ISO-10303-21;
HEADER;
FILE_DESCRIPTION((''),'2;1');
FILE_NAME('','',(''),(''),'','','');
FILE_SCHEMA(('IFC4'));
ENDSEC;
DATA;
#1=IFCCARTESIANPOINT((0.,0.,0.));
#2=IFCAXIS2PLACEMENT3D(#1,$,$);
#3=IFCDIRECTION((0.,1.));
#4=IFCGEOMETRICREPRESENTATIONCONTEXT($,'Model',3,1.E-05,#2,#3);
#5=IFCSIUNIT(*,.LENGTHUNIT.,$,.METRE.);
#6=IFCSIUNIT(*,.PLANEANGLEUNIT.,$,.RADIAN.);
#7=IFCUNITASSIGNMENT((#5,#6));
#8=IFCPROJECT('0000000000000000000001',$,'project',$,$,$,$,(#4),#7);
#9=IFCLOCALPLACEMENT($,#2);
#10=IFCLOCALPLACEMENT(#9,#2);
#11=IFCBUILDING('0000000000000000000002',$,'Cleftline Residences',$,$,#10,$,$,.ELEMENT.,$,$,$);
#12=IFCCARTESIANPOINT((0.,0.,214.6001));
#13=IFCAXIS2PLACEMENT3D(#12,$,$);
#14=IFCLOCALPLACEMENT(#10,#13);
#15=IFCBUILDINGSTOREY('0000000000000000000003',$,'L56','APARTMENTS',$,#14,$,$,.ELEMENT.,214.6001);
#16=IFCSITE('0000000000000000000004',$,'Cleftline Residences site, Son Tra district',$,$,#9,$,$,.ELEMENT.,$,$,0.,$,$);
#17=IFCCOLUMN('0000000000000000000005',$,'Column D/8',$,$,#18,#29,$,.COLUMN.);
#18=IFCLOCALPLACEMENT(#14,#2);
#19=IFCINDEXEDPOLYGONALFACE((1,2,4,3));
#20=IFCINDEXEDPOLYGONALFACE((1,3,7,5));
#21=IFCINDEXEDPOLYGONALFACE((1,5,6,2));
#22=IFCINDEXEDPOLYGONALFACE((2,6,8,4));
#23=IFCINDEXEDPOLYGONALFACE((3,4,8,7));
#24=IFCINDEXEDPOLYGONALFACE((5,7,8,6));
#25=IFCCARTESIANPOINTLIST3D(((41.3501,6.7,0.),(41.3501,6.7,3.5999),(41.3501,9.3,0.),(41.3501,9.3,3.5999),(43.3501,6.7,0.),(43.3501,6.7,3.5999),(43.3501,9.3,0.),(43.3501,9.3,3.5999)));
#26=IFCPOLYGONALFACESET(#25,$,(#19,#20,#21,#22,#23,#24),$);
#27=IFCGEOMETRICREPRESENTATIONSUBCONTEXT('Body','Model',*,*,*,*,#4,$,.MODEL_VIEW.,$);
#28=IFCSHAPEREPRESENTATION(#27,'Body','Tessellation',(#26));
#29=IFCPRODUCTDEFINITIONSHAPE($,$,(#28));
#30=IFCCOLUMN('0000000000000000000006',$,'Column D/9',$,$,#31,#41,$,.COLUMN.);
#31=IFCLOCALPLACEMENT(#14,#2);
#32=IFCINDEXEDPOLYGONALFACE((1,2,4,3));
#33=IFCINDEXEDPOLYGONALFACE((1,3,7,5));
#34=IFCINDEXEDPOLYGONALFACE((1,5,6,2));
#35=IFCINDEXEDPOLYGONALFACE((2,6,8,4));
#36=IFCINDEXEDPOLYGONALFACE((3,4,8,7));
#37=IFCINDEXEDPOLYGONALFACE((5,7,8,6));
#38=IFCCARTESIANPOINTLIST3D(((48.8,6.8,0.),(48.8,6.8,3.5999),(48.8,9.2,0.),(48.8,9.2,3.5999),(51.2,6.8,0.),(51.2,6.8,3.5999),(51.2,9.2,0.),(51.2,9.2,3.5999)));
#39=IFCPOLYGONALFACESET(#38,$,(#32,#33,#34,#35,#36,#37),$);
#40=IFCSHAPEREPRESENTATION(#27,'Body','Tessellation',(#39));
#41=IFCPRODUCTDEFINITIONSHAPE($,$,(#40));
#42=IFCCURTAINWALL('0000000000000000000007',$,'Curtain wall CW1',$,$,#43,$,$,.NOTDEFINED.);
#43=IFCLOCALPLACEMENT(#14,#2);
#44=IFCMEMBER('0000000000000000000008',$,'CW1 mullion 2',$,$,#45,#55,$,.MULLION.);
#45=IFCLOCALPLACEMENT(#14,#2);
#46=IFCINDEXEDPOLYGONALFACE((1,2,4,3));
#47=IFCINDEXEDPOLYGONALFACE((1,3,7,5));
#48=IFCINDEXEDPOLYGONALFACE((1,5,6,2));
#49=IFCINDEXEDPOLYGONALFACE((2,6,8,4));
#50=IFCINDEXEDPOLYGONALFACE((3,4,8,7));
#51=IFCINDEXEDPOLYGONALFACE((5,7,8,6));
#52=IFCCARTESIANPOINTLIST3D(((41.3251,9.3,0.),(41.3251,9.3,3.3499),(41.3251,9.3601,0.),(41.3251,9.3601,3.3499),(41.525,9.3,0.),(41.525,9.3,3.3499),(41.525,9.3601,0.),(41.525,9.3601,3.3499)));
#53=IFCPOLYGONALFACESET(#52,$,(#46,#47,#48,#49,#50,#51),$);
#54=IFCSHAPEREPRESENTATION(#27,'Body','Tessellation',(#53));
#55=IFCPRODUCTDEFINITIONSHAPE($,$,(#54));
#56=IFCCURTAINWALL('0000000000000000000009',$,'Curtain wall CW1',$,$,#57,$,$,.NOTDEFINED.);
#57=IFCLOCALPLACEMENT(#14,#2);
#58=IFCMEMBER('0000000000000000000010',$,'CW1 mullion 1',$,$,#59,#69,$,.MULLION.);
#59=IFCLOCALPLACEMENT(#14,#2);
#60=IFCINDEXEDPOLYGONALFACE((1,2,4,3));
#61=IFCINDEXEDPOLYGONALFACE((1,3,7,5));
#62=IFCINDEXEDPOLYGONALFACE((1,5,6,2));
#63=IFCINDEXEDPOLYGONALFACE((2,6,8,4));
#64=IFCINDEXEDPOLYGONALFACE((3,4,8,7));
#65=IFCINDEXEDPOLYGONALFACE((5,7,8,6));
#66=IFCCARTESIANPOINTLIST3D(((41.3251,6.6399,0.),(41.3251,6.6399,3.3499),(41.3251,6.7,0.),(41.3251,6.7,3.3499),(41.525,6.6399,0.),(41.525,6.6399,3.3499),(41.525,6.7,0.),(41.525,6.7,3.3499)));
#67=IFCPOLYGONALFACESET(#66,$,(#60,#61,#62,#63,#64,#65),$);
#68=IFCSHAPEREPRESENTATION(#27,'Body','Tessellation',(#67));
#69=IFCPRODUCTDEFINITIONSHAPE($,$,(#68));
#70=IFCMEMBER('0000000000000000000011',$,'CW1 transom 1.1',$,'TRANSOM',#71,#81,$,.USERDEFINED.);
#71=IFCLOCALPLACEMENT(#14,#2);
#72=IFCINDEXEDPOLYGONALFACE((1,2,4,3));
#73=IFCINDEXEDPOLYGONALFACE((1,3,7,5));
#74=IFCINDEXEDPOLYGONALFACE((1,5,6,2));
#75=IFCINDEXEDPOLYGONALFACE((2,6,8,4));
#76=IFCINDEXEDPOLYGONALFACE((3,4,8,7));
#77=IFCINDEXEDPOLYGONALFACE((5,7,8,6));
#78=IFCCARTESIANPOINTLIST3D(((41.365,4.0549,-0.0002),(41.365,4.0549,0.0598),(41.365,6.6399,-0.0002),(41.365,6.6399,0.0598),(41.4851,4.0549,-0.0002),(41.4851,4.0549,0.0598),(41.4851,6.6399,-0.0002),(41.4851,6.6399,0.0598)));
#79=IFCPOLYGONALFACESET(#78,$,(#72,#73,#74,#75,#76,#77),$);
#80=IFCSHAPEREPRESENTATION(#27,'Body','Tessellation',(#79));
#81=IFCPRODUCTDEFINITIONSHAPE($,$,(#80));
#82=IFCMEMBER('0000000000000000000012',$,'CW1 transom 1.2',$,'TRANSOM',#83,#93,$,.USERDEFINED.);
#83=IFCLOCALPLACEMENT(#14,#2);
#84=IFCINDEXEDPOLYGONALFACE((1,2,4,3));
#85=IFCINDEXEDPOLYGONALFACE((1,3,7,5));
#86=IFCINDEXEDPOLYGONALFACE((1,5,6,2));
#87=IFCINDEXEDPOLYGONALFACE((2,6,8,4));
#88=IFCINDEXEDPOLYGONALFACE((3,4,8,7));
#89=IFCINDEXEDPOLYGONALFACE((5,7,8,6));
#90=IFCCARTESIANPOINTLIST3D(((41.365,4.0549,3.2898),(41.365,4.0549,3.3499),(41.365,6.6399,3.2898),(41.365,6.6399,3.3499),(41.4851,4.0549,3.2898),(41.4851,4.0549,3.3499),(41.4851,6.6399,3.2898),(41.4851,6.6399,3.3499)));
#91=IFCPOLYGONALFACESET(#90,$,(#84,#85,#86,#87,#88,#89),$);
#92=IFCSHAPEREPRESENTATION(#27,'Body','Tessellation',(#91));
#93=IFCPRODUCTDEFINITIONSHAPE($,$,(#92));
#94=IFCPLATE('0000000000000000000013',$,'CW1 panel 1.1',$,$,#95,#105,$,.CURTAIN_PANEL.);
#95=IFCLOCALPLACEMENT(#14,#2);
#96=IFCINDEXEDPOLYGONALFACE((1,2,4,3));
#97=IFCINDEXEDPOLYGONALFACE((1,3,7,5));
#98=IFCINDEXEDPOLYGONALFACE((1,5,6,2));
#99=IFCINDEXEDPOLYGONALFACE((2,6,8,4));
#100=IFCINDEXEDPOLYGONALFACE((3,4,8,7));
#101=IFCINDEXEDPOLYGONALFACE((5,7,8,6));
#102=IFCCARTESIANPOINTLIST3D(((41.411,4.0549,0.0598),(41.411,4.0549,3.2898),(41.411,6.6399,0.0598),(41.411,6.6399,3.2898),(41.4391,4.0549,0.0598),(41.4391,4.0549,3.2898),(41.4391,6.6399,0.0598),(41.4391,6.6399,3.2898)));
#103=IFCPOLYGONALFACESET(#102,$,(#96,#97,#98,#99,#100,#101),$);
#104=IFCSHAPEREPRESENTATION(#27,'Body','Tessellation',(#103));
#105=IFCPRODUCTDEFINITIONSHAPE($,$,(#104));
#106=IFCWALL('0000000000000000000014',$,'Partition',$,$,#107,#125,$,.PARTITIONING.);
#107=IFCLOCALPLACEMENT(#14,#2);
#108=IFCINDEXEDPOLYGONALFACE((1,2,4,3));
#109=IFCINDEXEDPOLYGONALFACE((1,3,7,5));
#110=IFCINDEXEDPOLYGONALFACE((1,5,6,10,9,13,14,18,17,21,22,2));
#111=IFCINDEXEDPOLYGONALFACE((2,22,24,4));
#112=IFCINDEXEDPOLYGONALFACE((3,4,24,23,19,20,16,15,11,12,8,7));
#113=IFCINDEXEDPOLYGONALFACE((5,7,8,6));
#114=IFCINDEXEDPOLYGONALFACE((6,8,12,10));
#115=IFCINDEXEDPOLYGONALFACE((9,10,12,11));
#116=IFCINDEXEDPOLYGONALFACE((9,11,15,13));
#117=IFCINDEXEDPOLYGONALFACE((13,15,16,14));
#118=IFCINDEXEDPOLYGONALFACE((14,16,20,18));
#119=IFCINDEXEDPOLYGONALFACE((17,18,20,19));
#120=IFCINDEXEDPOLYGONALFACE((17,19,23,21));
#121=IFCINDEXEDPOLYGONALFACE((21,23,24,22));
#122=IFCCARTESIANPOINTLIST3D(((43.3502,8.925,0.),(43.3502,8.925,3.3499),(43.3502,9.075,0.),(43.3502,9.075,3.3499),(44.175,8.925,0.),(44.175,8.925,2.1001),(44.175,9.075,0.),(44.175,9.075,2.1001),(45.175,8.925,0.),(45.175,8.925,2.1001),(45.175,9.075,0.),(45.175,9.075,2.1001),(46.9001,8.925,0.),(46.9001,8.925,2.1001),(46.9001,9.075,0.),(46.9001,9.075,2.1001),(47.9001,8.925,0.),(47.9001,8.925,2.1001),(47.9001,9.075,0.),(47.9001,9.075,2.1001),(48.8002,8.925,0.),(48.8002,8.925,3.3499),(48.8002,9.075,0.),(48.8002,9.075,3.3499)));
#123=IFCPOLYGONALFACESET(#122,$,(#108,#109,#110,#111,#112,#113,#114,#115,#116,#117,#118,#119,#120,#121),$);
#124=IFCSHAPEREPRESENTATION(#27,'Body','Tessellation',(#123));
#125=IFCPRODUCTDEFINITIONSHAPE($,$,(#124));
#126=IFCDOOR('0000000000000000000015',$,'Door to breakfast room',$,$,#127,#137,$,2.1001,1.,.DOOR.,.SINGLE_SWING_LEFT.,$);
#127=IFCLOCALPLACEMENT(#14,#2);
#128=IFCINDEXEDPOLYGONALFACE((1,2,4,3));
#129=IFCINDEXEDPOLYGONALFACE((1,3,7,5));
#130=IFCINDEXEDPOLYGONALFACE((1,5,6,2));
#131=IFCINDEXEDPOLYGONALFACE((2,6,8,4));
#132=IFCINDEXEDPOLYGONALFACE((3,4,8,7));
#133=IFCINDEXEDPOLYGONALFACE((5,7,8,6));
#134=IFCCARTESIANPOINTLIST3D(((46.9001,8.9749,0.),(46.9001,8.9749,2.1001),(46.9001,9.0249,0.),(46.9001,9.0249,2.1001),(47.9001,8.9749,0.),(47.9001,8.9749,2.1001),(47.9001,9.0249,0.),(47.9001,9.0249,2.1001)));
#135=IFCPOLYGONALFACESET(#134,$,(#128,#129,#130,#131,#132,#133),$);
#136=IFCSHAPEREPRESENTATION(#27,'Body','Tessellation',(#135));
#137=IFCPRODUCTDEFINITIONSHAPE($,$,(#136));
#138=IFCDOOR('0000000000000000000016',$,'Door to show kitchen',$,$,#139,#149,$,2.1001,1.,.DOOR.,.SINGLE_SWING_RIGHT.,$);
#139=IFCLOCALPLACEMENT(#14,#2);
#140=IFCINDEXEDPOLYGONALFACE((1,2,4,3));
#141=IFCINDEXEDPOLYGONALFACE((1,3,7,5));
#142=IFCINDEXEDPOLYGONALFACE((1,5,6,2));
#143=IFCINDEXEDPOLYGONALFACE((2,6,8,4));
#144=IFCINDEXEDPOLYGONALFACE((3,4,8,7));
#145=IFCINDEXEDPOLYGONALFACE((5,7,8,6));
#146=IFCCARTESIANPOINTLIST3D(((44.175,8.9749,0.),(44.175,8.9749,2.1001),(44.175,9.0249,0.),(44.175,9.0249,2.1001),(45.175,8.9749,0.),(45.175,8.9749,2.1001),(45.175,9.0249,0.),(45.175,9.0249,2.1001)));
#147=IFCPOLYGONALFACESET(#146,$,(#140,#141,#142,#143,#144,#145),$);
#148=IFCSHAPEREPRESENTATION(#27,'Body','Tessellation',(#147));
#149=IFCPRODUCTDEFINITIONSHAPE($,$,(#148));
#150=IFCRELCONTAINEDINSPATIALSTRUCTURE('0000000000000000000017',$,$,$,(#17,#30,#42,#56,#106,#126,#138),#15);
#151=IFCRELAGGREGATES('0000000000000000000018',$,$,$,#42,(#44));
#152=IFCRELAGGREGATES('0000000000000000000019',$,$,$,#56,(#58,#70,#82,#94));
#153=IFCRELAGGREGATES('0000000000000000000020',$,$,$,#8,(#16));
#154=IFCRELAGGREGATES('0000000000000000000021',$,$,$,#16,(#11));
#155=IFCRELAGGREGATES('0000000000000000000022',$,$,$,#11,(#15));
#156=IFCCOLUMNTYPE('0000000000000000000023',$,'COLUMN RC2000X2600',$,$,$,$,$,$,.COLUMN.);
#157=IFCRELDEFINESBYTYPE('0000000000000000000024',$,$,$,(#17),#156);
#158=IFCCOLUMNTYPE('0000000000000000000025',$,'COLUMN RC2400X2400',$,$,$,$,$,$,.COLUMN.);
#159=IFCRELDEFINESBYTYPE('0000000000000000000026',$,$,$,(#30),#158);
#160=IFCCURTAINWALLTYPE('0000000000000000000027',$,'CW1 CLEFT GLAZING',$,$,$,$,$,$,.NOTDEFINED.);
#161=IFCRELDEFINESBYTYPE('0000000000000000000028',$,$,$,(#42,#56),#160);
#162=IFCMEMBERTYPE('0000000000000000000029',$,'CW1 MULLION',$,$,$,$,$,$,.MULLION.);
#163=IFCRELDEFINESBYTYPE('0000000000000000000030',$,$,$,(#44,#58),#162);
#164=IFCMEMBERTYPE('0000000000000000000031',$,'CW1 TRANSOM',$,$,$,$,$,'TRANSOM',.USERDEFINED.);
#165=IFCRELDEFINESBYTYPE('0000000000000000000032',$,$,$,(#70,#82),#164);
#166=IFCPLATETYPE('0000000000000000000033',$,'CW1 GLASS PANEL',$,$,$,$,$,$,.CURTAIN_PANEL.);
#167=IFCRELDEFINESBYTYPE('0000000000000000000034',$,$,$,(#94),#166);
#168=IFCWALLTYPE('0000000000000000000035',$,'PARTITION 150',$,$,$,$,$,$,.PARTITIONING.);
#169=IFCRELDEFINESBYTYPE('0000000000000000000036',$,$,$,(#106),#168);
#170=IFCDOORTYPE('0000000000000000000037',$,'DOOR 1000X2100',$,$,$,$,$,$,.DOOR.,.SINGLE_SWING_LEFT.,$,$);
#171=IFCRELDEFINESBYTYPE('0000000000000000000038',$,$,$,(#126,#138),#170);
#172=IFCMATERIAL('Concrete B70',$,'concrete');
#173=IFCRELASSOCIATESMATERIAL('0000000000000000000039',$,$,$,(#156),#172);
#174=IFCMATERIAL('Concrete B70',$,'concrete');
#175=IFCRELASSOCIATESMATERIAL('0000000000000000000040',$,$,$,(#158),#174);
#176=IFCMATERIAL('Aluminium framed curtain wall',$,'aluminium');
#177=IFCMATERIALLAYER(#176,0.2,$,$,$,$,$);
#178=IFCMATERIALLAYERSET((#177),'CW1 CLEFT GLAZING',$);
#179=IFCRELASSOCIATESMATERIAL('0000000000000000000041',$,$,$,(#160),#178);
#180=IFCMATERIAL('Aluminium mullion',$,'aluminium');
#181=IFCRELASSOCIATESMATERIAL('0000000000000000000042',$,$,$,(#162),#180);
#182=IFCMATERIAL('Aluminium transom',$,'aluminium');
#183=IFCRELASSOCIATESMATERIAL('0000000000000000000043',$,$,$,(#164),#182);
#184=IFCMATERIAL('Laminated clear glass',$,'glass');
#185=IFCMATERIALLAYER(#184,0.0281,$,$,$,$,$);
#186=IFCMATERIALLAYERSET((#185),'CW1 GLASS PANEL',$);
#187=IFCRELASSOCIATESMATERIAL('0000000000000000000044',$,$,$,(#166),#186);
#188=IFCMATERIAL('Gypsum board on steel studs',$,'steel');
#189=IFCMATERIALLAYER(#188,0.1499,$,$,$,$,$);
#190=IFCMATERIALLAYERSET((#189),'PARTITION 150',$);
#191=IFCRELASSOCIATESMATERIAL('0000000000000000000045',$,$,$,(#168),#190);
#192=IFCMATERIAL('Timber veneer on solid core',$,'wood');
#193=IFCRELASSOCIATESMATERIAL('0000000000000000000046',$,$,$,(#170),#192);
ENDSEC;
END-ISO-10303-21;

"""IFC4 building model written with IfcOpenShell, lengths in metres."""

from ifc_helpers import new_model, si_unit, direction, frame, frame_2d, origin, origin_2d, place, context, subcontext, project, spatial, rectangle, extrude, material, layer, layer_set, material_profile, profile_set, type_object, element, fill, aggregate, save


model = new_model("IFC4")

# Units and contexts
model_context = context("Model", 3, precision=1e-05, world=origin(), true_north=direction((0.0, 1.0)))
body_context = subcontext(model_context, "Body", "Model", "MODEL_VIEW")
ifc_project = project(units=[si_unit("LENGTHUNIT", "METRE"), si_unit("PLANEANGLEUNIT", "RADIAN")], contexts=[model_context])

# Site, building, storey
site_placement = place(None, origin())
site = spatial("IfcSite", under=ifc_project, at=site_placement, Name="Cleftline Residences site, Son Tra district", CompositionType="ELEMENT", RefElevation=0.0)
building_placement = place(site_placement, origin())
building = spatial("IfcBuilding", under=site, at=building_placement, Name="Cleftline Residences", CompositionType="ELEMENT")
storey_placement = place(building_placement, frame((0.0, 0.0, 214.6001)))
storey = spatial("IfcBuildingStorey", under=building, at=storey_placement, Name="L56", Description="APARTMENTS", CompositionType="ELEMENT", Elevation=214.6001)

# Columns
ifc_material_1 = material(Name="Concrete B70", Category="concrete")
ifc_material_profile_1 = material_profile(ifc_material_1, rectangle(XDim=2.0, YDim=2.6001, at=origin_2d()))
ifc_profile_set_1 = profile_set([ifc_material_profile_1], Name="Concrete B70")
column_type_1 = type_object("IfcColumnType", Name="COLUMN RC2000X2600", PredefinedType="COLUMN", material=ifc_profile_set_1)
column_1_placement = place(storey_placement, frame((42.3501, 8.0, 0.0), z_axis=(0.0, 0.0, 1.0), x_axis=(1.0, 0.0, 0.0)))
element("IfcColumn", 1, at=column_1_placement, inside=storey, type_object=column_type_1, Name="Column D/8", PredefinedType="COLUMN", context=body_context, shape_type="SweptSolid", body=[
    extrude(rectangle(XDim=2.0, YDim=2.6001, at=origin_2d()), origin(), (0.0, 0.0, 1.0), 3.5999),
])
ifc_material_2 = material(Name="Concrete B70", Category="concrete")
ifc_material_profile_2 = material_profile(ifc_material_2, rectangle(XDim=2.3999, YDim=2.3999, at=origin_2d()))
ifc_profile_set_2 = profile_set([ifc_material_profile_2], Name="Concrete B70")
column_type_2 = type_object("IfcColumnType", Name="COLUMN RC2400X2400", PredefinedType="COLUMN", material=ifc_profile_set_2)
column_2_placement = place(storey_placement, frame((50.0, 8.0, 0.0), z_axis=(0.0, 0.0, 1.0), x_axis=(1.0, 0.0, 0.0)))
element("IfcColumn", 2, at=column_2_placement, inside=storey, type_object=column_type_2, Name="Column D/9", PredefinedType="COLUMN", context=body_context, shape_type="SweptSolid", body=[
    extrude(rectangle(XDim=2.3999, YDim=2.3999, at=origin_2d()), origin(), (0.0, 0.0, 1.0), 3.5999),
])

# Curtain wall, member
ifc_material_3 = material(Name="Aluminium framed curtain wall", Category="aluminium")
ifc_layer_1 = layer(ifc_material_3, 0.2)
ifc_layer_set_1 = layer_set([ifc_layer_1], Name="CW1 CLEFT GLAZING")
curtain_wall_type = type_object("IfcCurtainWallType", Name="CW1 CLEFT GLAZING", PredefinedType="NOTDEFINED", material=ifc_layer_set_1)
curtain_wall_1_placement = place(storey_placement, origin())
curtain_wall_1 = element("IfcCurtainWall", 3, at=curtain_wall_1_placement, inside=storey, type_object=curtain_wall_type, Name="Curtain wall CW1", PredefinedType="NOTDEFINED")
ifc_material_4 = material(Name="Aluminium mullion", Category="aluminium")
ifc_material_profile_3 = material_profile(ifc_material_4, rectangle(XDim=0.2, YDim=0.0601, at=origin_2d()))
ifc_profile_set_3 = profile_set([ifc_material_profile_3], Name="Aluminium mullion")
member_type_1 = type_object("IfcMemberType", Name="CW1 MULLION", PredefinedType="MULLION", material=ifc_profile_set_3)
member_1_placement = place(storey_placement, frame((41.425, 9.3301, 0.0), z_axis=(0.0, 0.0, 1.0), x_axis=(1.0, 0.0, 0.0)))
member_1 = element("IfcMember", 4, at=member_1_placement, type_object=member_type_1, Name="CW1 mullion 2", PredefinedType="MULLION", context=body_context, shape_type="SweptSolid", body=[
    extrude(rectangle(XDim=0.2, YDim=0.0601, at=origin_2d()), origin(), (0.0, 0.0, 1.0), 3.3499),
])
aggregate(curtain_wall_1, [member_1])

# Curtain wall, members, plate
curtain_wall_2_placement = place(storey_placement, origin())
curtain_wall_2 = element("IfcCurtainWall", 5, at=curtain_wall_2_placement, inside=storey, type_object=curtain_wall_type, Name="Curtain wall CW1", PredefinedType="NOTDEFINED")
member_2_placement = place(storey_placement, frame((41.425, 6.6699, 0.0), z_axis=(0.0, 0.0, 1.0), x_axis=(1.0, 0.0, 0.0)))
member_2 = element("IfcMember", 6, at=member_2_placement, type_object=member_type_1, Name="CW1 mullion 1", PredefinedType="MULLION", context=body_context, shape_type="SweptSolid", body=[
    extrude(rectangle(XDim=0.2, YDim=0.0601, at=origin_2d()), origin(), (0.0, 0.0, 1.0), 3.3499),
])
ifc_material_5 = material(Name="Aluminium transom", Category="aluminium")
ifc_material_profile_4 = material_profile(ifc_material_5, rectangle(XDim=0.1201, YDim=0.0601, at=origin_2d()))
ifc_profile_set_4 = profile_set([ifc_material_profile_4], Name="Aluminium transom")
member_type_2 = type_object("IfcMemberType", Name="CW1 TRANSOM", ElementType="TRANSOM", PredefinedType="USERDEFINED", material=ifc_profile_set_4)
member_3_placement = place(storey_placement, frame((41.425, 6.6399, 0.0298), z_axis=(0.0, -1.0, 0.0), x_axis=(1.0, 0.0, 0.0)))
member_3 = element("IfcMember", 7, at=member_3_placement, type_object=member_type_2, Name="CW1 transom 1.1", ObjectType="TRANSOM", PredefinedType="USERDEFINED", context=body_context, shape_type="SweptSolid", body=[
    extrude(rectangle(XDim=0.1201, YDim=0.0601, at=origin_2d()), origin(), (0.0, 0.0, 1.0), 2.585),
])
member_4_placement = place(storey_placement, frame((41.425, 6.6399, 3.3198), z_axis=(0.0, -1.0, 0.0), x_axis=(1.0, 0.0, 0.0)))
member_4 = element("IfcMember", 8, at=member_4_placement, type_object=member_type_2, Name="CW1 transom 1.2", ObjectType="TRANSOM", PredefinedType="USERDEFINED", context=body_context, shape_type="SweptSolid", body=[
    extrude(rectangle(XDim=0.1201, YDim=0.0601, at=origin_2d()), origin(), (0.0, 0.0, 1.0), 2.585),
])
ifc_material_6 = material(Name="Laminated clear glass", Category="glass")
ifc_layer_2 = layer(ifc_material_6, 0.0281)
ifc_layer_set_2 = layer_set([ifc_layer_2], Name="CW1 GLASS PANEL")
plate_type = type_object("IfcPlateType", Name="CW1 GLASS PANEL", PredefinedType="CURTAIN_PANEL", material=ifc_layer_set_2)
plate_placement = place(storey_placement, frame((41.425, 5.3474, 0.0598), z_axis=(0.0, 0.0, 1.0), x_axis=(0.0, -1.0, 0.0)))
plate = element("IfcPlate", 9, at=plate_placement, type_object=plate_type, Name="CW1 panel 1.1", PredefinedType="CURTAIN_PANEL", context=body_context, shape_type="SweptSolid", body=[
    extrude(rectangle(XDim=2.585, YDim=0.0281, at=origin_2d()), origin(), (0.0, 0.0, 1.0), 3.23),
])
aggregate(curtain_wall_2, [member_2, member_3, member_4, plate])

# Wall, openings, doors
ifc_material_7 = material(Name="Gypsum board on steel studs", Category="steel")
ifc_layer_3 = layer(ifc_material_7, 0.1499)
ifc_layer_set_3 = layer_set([ifc_layer_3], Name="PARTITION 150")
wall_type = type_object("IfcWallType", Name="PARTITION 150", PredefinedType="PARTITIONING", material=ifc_layer_set_3)
wall_1_placement = place(storey_placement, frame((43.3501, 9.0, 0.0), z_axis=(0.0, 0.0, 1.0), x_axis=(1.0, 0.0, 0.0)))
wall_1 = element("IfcWall", 10, at=wall_1_placement, inside=storey, type_object=wall_type, Name="Partition", PredefinedType="PARTITIONING", context=body_context, shape_type="SweptSolid", body=[
    extrude(rectangle(XDim=5.45, YDim=0.1499, at=frame_2d((2.7251, 0.0))), origin(), (0.0, 0.0, 1.0), 3.3499),
])
opening_1_placement = place(wall_1_placement, frame((3.55, 0.0, 0.0)))
opening_1 = element("IfcOpeningElement", 11, at=opening_1_placement, cuts=wall_1, PredefinedType="OPENING", context=body_context, shape_type="SweptSolid", body=[
    extrude(rectangle(XDim=1.0, YDim=2.1001, at=frame_2d((0.5, 1.05))), frame((0.0, 0.085, 0.0), z_axis=(0.0, -1.0, 0.0), x_axis=(1.0, 0.0, 0.0)), (0.0, 0.0, 1.0), 0.1699),
])
opening_2_placement = place(wall_1_placement, frame((0.825, 0.0, 0.0)))
opening_2 = element("IfcOpeningElement", 12, at=opening_2_placement, cuts=wall_1, PredefinedType="OPENING", context=body_context, shape_type="SweptSolid", body=[
    extrude(rectangle(XDim=1.0, YDim=2.1001, at=frame_2d((0.5, 1.05))), frame((0.0, 0.085, 0.0), z_axis=(0.0, -1.0, 0.0), x_axis=(1.0, 0.0, 0.0)), (0.0, 0.0, 1.0), 0.1699),
])
ifc_material_8 = material(Name="Timber veneer on solid core", Category="wood")
door_type_1 = type_object("IfcDoorType", Name="DOOR 1000X2100", OperationType="SINGLE_SWING_LEFT", PredefinedType="DOOR", material=ifc_material_8)
door_1_placement = place(opening_1_placement, origin())
door_1 = element("IfcDoor", 13, at=door_1_placement, inside=storey, type_object=door_type_1, Name="Door to breakfast room", OperationType="SINGLE_SWING_LEFT", OverallHeight=2.1001, OverallWidth=1.0, PredefinedType="DOOR", context=body_context, shape_type="SweptSolid", body=[
    extrude(rectangle(XDim=1.0, YDim=2.1001, at=frame_2d((0.5, 1.05))), frame((0.0, 0.0249, 0.0), z_axis=(0.0, -1.0, 0.0), x_axis=(1.0, 0.0, 0.0)), (0.0, 0.0, 1.0), 0.05),
])
fill(opening_1, door_1)
door_2_placement = place(opening_2_placement, origin())
door_2 = element("IfcDoor", 14, at=door_2_placement, inside=storey, type_object=door_type_1, Name="Door to show kitchen", OperationType="SINGLE_SWING_RIGHT", OverallHeight=2.1001, OverallWidth=1.0, PredefinedType="DOOR", context=body_context, shape_type="SweptSolid", body=[
    extrude(rectangle(XDim=1.0, YDim=2.1001, at=frame_2d((0.5, 1.05))), frame((0.0, 0.0249, 0.0), z_axis=(0.0, -1.0, 0.0), x_axis=(1.0, 0.0, 0.0)), (0.0, 0.0, 1.0), 0.05),
])
fill(opening_2, door_2)

save(model, "model.ifc")
